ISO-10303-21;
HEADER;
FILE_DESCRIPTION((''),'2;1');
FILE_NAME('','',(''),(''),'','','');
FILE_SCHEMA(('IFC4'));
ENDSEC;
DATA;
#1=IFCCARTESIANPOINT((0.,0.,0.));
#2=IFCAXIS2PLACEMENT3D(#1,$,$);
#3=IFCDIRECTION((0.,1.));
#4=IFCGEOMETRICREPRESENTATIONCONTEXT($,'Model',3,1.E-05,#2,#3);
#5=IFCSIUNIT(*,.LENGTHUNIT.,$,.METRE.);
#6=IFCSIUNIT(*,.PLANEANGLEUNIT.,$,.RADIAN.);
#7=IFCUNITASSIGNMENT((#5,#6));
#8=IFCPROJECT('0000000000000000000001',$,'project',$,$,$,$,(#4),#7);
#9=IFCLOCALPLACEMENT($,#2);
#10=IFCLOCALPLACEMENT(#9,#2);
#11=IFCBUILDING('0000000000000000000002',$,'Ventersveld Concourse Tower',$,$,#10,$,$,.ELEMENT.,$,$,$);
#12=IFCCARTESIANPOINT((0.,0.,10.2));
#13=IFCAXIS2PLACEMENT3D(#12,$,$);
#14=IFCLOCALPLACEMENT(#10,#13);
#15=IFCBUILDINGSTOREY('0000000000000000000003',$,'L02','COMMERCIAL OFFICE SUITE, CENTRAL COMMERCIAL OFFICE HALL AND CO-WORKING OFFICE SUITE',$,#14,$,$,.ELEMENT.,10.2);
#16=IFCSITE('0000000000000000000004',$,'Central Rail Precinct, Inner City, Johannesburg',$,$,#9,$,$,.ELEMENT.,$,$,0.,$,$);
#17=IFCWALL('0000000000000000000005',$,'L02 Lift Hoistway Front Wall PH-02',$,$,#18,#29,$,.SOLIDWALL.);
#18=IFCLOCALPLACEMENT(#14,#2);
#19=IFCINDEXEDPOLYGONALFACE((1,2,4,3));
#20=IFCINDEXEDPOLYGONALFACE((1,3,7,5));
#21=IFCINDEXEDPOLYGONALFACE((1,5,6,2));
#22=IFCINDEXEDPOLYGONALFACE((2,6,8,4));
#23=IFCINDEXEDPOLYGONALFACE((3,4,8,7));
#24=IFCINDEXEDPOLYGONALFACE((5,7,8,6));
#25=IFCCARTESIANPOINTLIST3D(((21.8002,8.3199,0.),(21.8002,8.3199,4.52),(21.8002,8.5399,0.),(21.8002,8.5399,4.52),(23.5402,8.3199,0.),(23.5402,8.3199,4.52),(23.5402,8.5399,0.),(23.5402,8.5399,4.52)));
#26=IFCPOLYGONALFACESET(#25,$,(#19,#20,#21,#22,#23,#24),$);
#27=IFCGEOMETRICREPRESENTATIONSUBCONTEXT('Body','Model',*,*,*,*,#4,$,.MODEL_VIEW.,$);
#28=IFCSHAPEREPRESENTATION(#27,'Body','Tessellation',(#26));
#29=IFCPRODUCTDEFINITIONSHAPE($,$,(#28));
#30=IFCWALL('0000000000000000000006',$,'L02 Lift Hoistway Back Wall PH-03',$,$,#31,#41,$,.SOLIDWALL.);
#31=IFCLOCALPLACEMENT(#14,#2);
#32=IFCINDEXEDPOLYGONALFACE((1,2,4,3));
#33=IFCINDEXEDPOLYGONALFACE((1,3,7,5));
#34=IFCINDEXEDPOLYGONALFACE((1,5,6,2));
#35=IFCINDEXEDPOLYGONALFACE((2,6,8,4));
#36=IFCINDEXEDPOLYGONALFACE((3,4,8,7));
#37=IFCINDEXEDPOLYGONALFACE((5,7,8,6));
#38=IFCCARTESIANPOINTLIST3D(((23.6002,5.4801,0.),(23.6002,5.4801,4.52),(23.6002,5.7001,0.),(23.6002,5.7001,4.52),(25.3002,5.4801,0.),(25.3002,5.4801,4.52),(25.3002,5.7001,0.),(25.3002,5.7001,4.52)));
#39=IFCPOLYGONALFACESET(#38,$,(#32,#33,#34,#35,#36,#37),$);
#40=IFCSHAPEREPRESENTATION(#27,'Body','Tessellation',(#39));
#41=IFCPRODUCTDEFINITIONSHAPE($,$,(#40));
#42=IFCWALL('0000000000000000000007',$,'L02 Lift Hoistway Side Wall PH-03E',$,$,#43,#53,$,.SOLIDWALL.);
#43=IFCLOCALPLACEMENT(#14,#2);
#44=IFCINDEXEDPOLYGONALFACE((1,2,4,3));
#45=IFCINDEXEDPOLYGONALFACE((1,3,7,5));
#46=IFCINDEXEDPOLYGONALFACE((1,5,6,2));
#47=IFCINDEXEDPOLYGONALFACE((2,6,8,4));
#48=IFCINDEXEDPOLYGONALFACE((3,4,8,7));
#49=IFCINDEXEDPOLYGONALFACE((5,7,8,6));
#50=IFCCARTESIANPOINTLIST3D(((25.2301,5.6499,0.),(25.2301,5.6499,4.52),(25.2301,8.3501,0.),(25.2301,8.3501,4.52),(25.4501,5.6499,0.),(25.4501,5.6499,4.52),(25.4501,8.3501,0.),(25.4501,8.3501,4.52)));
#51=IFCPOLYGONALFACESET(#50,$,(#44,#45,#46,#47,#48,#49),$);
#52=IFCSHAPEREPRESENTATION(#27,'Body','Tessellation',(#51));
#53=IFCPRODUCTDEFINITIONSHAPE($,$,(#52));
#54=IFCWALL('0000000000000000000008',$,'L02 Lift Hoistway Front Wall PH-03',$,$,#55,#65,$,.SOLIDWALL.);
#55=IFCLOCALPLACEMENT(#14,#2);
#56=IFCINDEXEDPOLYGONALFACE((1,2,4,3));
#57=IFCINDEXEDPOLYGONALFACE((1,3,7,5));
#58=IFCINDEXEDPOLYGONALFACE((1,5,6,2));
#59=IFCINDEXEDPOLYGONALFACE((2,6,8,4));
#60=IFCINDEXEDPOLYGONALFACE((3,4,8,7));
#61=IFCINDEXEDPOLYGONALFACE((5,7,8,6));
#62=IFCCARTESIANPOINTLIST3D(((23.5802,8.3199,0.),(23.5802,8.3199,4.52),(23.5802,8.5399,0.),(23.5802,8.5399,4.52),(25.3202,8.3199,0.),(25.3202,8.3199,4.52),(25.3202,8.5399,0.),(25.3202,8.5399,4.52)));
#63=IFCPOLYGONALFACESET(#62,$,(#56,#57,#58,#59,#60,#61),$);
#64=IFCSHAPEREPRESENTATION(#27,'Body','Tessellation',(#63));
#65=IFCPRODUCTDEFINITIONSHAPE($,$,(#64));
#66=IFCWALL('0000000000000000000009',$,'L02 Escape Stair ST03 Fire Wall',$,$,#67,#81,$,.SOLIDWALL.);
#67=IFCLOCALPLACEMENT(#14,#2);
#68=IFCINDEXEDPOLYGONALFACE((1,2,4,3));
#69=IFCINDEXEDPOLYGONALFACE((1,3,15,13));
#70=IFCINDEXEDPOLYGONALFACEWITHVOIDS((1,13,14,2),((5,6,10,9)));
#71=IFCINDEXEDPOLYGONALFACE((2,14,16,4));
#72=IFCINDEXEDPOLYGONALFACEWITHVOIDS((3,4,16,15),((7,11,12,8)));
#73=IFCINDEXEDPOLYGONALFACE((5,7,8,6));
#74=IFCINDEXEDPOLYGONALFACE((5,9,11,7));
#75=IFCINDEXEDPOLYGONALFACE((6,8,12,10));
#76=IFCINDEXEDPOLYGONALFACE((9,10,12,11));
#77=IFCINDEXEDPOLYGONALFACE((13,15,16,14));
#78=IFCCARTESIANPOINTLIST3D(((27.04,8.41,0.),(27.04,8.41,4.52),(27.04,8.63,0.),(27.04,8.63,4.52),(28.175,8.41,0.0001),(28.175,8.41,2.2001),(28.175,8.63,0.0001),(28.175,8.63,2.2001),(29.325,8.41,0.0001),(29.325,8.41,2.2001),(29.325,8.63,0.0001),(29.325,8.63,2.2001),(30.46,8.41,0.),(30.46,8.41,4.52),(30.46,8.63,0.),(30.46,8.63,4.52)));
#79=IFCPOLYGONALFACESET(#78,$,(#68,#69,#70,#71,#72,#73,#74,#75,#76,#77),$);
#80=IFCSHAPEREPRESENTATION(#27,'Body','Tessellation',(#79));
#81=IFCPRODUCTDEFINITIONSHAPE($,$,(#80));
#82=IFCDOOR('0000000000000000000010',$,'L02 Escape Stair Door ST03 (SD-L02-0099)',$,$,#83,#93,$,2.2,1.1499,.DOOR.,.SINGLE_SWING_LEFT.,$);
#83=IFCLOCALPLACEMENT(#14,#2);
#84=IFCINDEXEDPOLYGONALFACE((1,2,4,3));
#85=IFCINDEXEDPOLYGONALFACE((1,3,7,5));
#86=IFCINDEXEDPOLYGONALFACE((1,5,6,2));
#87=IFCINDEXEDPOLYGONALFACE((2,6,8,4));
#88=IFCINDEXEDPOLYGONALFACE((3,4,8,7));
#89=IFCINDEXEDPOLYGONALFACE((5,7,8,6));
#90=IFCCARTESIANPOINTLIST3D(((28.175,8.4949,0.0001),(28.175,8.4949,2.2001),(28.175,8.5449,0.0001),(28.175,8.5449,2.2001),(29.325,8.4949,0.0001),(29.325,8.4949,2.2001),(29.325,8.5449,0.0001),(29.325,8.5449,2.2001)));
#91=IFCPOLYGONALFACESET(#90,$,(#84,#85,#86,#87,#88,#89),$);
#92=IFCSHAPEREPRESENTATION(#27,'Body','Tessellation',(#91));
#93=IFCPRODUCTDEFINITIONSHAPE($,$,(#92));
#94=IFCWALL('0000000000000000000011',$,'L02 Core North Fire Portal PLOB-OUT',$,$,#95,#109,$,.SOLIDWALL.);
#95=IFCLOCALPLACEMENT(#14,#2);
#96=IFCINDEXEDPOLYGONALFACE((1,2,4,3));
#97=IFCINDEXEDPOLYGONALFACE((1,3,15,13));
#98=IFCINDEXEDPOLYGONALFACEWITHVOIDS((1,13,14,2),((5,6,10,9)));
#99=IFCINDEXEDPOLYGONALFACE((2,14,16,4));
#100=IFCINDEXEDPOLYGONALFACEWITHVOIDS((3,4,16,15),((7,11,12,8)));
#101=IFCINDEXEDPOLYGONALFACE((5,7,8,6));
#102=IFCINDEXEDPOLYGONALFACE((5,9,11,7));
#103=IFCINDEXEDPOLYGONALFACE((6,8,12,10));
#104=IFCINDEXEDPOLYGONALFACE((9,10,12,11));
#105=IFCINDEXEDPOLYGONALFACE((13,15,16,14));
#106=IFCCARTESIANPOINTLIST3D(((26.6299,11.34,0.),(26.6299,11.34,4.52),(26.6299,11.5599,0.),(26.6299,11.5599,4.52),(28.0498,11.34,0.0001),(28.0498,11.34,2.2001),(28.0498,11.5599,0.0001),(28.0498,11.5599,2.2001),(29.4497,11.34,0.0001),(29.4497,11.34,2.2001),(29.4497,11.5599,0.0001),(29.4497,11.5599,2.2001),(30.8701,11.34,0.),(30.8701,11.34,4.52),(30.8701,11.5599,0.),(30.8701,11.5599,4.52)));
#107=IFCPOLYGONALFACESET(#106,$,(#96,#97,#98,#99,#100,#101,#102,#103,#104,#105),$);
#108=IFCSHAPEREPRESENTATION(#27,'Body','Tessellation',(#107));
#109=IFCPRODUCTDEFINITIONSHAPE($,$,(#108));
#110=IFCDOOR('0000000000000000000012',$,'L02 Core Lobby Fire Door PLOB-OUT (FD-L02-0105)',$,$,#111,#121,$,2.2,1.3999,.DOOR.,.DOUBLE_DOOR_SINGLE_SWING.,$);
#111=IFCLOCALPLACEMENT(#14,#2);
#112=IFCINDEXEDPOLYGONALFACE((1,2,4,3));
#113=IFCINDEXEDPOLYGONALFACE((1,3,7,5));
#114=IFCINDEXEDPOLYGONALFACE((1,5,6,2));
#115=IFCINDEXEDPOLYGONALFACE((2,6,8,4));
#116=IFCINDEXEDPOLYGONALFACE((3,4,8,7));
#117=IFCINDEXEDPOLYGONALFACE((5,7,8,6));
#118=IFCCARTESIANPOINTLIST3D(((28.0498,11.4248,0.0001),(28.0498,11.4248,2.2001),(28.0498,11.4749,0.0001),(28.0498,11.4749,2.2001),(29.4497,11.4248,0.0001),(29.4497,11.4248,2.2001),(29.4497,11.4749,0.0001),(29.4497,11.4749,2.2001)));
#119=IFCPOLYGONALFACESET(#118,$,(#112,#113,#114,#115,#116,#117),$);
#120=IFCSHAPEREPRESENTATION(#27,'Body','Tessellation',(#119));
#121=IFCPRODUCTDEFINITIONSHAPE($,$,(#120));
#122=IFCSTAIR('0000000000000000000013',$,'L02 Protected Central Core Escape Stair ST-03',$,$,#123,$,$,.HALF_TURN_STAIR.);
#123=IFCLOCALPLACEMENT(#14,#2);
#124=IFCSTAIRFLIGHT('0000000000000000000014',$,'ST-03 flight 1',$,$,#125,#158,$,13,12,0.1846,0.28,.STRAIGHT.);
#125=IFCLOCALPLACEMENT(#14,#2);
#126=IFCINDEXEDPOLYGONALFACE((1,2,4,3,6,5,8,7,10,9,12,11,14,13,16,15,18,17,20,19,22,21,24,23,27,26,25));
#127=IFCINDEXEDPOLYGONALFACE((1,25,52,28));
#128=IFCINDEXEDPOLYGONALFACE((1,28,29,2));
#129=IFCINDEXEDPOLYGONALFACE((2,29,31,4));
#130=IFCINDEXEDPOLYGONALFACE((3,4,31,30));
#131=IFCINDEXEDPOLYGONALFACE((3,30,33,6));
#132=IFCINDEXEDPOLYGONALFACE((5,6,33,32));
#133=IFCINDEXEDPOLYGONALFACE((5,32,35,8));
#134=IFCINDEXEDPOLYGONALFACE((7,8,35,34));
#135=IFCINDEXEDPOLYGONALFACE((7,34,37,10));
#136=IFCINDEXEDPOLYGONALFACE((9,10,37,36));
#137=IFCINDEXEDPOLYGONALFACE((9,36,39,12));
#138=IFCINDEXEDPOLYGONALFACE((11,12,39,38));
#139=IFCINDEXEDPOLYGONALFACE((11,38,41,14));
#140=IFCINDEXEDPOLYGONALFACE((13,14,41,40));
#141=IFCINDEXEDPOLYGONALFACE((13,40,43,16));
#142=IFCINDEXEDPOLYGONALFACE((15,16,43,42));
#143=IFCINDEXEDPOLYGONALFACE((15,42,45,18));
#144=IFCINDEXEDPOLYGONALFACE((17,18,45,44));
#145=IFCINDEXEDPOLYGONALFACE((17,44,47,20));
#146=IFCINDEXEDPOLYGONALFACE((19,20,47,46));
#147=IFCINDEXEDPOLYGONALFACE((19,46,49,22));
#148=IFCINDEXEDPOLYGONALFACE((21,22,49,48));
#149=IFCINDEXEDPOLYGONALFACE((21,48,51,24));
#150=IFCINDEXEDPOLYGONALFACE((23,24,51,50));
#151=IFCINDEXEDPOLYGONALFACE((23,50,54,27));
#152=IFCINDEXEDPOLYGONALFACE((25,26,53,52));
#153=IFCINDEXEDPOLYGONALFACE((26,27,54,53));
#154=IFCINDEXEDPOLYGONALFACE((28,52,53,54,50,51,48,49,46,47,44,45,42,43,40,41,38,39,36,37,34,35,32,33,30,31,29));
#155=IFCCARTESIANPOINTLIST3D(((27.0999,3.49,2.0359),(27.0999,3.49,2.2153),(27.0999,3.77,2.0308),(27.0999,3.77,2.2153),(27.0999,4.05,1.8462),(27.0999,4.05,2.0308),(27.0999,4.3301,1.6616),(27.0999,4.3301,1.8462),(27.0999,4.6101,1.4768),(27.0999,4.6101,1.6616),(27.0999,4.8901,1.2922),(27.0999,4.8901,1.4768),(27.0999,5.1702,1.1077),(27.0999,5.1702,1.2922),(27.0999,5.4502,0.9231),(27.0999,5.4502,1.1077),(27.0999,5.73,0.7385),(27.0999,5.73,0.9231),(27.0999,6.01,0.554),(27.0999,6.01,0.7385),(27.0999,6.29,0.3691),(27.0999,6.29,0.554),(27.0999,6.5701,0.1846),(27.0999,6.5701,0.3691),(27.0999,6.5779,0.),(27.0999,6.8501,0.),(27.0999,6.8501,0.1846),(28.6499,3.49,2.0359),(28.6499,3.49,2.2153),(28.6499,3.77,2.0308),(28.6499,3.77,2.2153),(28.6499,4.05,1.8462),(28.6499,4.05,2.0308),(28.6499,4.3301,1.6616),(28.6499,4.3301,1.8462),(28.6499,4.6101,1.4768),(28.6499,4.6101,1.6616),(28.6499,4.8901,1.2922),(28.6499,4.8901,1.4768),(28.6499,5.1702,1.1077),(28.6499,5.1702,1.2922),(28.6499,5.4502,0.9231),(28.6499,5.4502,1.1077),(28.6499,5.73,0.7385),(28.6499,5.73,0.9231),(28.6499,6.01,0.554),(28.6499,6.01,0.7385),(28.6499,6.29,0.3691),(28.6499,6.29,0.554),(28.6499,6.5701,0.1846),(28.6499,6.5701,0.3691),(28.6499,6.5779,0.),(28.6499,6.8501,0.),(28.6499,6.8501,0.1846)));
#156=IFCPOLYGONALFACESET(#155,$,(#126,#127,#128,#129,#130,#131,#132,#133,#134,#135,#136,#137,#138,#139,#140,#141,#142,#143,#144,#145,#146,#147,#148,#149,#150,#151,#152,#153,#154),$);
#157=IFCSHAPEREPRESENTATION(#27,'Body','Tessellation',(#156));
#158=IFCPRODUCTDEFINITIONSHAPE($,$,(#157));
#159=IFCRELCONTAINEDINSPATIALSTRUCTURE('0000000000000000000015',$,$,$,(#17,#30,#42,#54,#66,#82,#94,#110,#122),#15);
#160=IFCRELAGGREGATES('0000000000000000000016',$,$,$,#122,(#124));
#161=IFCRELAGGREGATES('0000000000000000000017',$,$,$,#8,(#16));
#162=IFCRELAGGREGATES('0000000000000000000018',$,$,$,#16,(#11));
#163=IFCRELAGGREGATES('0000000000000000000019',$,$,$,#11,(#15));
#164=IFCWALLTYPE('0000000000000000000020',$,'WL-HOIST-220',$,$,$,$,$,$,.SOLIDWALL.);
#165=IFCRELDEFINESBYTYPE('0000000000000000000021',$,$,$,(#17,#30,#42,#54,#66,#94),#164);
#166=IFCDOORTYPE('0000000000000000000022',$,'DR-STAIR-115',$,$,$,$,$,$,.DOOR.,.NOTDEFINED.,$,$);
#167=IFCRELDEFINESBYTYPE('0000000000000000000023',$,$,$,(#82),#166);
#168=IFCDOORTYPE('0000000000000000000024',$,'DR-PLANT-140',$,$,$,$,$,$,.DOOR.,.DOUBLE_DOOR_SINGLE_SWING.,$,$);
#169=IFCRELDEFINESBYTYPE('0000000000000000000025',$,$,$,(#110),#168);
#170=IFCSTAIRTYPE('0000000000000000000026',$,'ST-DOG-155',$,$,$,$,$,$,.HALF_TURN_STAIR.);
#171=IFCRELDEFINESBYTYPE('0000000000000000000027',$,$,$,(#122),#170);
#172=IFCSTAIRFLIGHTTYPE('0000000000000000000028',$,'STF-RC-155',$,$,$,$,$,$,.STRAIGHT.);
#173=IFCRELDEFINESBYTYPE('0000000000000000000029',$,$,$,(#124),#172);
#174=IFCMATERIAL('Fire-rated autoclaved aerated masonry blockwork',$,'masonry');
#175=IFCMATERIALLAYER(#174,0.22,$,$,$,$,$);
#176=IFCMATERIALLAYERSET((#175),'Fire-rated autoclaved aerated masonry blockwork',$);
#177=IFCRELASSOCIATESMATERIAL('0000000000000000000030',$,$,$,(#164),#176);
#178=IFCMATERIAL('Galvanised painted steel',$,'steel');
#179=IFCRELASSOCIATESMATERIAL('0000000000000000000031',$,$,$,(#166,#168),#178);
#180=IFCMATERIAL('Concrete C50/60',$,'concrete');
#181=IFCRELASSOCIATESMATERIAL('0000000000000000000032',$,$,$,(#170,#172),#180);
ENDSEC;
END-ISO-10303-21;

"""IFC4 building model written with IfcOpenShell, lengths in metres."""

from ifc_helpers import new_model, si_unit, direction, frame, frame_2d, origin, place, context, subcontext, project, spatial, polyline, rectangle, outline, extrude, material, layer, layer_set, type_object, element, fill, aggregate, save


model = new_model("IFC4")

# Units and contexts
model_context = context("Model", 3, precision=1e-05, world=origin(), true_north=direction((0.0, 1.0)))
body_context = subcontext(model_context, "Body", "Model", "MODEL_VIEW")
ifc_project = project(units=[si_unit("LENGTHUNIT", "METRE"), si_unit("PLANEANGLEUNIT", "RADIAN")], contexts=[model_context])

# Site, building, storey
site_placement = place(None, origin())
site = spatial("IfcSite", under=ifc_project, at=site_placement, Name="Central Rail Precinct, Inner City, Johannesburg", CompositionType="ELEMENT", RefElevation=0.0)
building_placement = place(site_placement, origin())
building = spatial("IfcBuilding", under=site, at=building_placement, Name="Ventersveld Concourse Tower", CompositionType="ELEMENT")
storey_placement = place(building_placement, frame((0.0, 0.0, 10.2)))
storey = spatial("IfcBuildingStorey", under=building, at=storey_placement, Name="L02", Description="COMMERCIAL OFFICE SUITE, CENTRAL COMMERCIAL OFFICE HALL AND CO-WORKING OFFICE SUITE", CompositionType="ELEMENT", Elevation=10.2)

# Shared definitions
ifc_material_1 = material(Name="Concrete C50/60", Category="concrete")

# Walls
ifc_material_2 = material(Name="Fire-rated autoclaved aerated masonry blockwork", Category="masonry")
ifc_layer_1 = layer(ifc_material_2, 0.22)
ifc_layer_set_1 = layer_set([ifc_layer_1], Name="Fire-rated autoclaved aerated masonry blockwork")
wall_type_1 = type_object("IfcWallType", Name="WL-HOIST-220", PredefinedType="SOLIDWALL", material=ifc_layer_set_1)
wall_1_placement = place(storey_placement, frame((21.8, 8.4299, 0.0), z_axis=(0.0, 0.0, 1.0), x_axis=(1.0, 0.0, 0.0)))
element("IfcWall", 1, at=wall_1_placement, inside=storey, type_object=wall_type_1, Name="L02 Lift Hoistway Front Wall PH-02", PredefinedType="SOLIDWALL", context=body_context, shape_type="SweptSolid", body=[
    extrude(rectangle(XDim=1.74, YDim=0.22, at=frame_2d((0.8701, 0.0))), origin(), (0.0, 0.0, 1.0), 4.52),
])
wall_2_placement = place(storey_placement, frame((23.6001, 5.5901, 0.0), z_axis=(0.0, 0.0, 1.0), x_axis=(1.0, 0.0, 0.0)))
element("IfcWall", 2, at=wall_2_placement, inside=storey, type_object=wall_type_1, Name="L02 Lift Hoistway Back Wall PH-03", PredefinedType="SOLIDWALL", context=body_context, shape_type="SweptSolid", body=[
    extrude(rectangle(XDim=1.7, YDim=0.22, at=frame_2d((0.8501, 0.0))), origin(), (0.0, 0.0, 1.0), 4.52),
])
wall_3_placement = place(storey_placement, frame((25.3401, 5.6499, 0.0), z_axis=(0.0, 0.0, 1.0), x_axis=(0.0, 1.0, 0.0)))
element("IfcWall", 3, at=wall_3_placement, inside=storey, type_object=wall_type_1, Name="L02 Lift Hoistway Side Wall PH-03E", PredefinedType="SOLIDWALL", context=body_context, shape_type="SweptSolid", body=[
    extrude(rectangle(XDim=2.7002, YDim=0.22, at=frame_2d((1.3501, 0.0))), origin(), (0.0, 0.0, 1.0), 4.52),
])
wall_4_placement = place(storey_placement, frame((23.5801, 8.4299, 0.0), z_axis=(0.0, 0.0, 1.0), x_axis=(1.0, 0.0, 0.0)))
element("IfcWall", 4, at=wall_4_placement, inside=storey, type_object=wall_type_1, Name="L02 Lift Hoistway Front Wall PH-03", PredefinedType="SOLIDWALL", context=body_context, shape_type="SweptSolid", body=[
    extrude(rectangle(XDim=1.74, YDim=0.22, at=frame_2d((0.8701, 0.0))), origin(), (0.0, 0.0, 1.0), 4.52),
])

# Walls, openings, doors
wall_5_placement = place(storey_placement, frame((27.04, 8.52, 0.0), z_axis=(0.0, 0.0, 1.0), x_axis=(1.0, 0.0, 0.0)))
wall_5 = element("IfcWall", 5, at=wall_5_placement, inside=storey, type_object=wall_type_1, Name="L02 Escape Stair ST03 Fire Wall", PredefinedType="SOLIDWALL", context=body_context, shape_type="SweptSolid", body=[
    extrude(rectangle(XDim=3.4199, YDim=0.22, at=frame_2d((1.71, 0.0))), origin(), (0.0, 0.0, 1.0), 4.52),
])
opening_1_placement = place(wall_5_placement, frame((1.135, 0.0, 0.0)))
opening_1 = element("IfcOpeningElement", 6, at=opening_1_placement, cuts=wall_5, PredefinedType="OPENING", context=body_context, shape_type="SweptSolid", body=[
    extrude(rectangle(XDim=1.1499, YDim=2.2, at=frame_2d((0.575, 1.1001))), frame((0.0, 0.1201, 0.0), z_axis=(0.0, -1.0, 0.0), x_axis=(1.0, 0.0, 0.0)), (0.0, 0.0, 1.0), 0.24),
])
ifc_material_3 = material(Name="Galvanised painted steel", Category="steel")
door_type_1 = type_object("IfcDoorType", Name="DR-STAIR-115", OperationType="NOTDEFINED", PredefinedType="DOOR", material=ifc_material_3)
door_1_placement = place(opening_1_placement, origin())
door_1 = element("IfcDoor", 7, at=door_1_placement, inside=storey, type_object=door_type_1, Name="L02 Escape Stair Door ST03 (SD-L02-0099)", OperationType="SINGLE_SWING_LEFT", OverallHeight=2.2, OverallWidth=1.1499, PredefinedType="DOOR", context=body_context, shape_type="SweptSolid", body=[
    extrude(rectangle(XDim=1.1499, YDim=2.2, at=frame_2d((0.575, 1.1001))), frame((0.0, 0.0249, 0.0), z_axis=(0.0, -1.0, 0.0), x_axis=(1.0, 0.0, 0.0)), (0.0, 0.0, 1.0), 0.05),
])
fill(opening_1, door_1)
wall_6_placement = place(storey_placement, frame((26.6299, 11.45, 0.0), z_axis=(0.0, 0.0, 1.0), x_axis=(1.0, 0.0, 0.0)))
wall_6 = element("IfcWall", 8, at=wall_6_placement, inside=storey, type_object=wall_type_1, Name="L02 Core North Fire Portal PLOB-OUT", PredefinedType="SOLIDWALL", context=body_context, shape_type="SweptSolid", body=[
    extrude(rectangle(XDim=4.2402, YDim=0.22, at=frame_2d((2.1201, 0.0))), origin(), (0.0, 0.0, 1.0), 4.52),
])
opening_2_placement = place(wall_6_placement, frame((1.4199, 0.0, 0.0)))
opening_2 = element("IfcOpeningElement", 9, at=opening_2_placement, cuts=wall_6, PredefinedType="OPENING", context=body_context, shape_type="SweptSolid", body=[
    extrude(rectangle(XDim=1.3999, YDim=2.2, at=frame_2d((0.7, 1.1001))), frame((0.0, 0.1201, 0.0), z_axis=(0.0, -1.0, 0.0), x_axis=(1.0, 0.0, 0.0)), (0.0, 0.0, 1.0), 0.24),
])
door_type_2 = type_object("IfcDoorType", Name="DR-PLANT-140", OperationType="DOUBLE_DOOR_SINGLE_SWING", PredefinedType="DOOR", material=ifc_material_3)
door_2_placement = place(opening_2_placement, origin())
door_2 = element("IfcDoor", 10, at=door_2_placement, inside=storey, type_object=door_type_2, Name="L02 Core Lobby Fire Door PLOB-OUT (FD-L02-0105)", OperationType="DOUBLE_DOOR_SINGLE_SWING", OverallHeight=2.2, OverallWidth=1.3999, PredefinedType="DOOR", context=body_context, shape_type="SweptSolid", body=[
    extrude(rectangle(XDim=1.3999, YDim=2.2, at=frame_2d((0.7, 1.1001))), frame((0.0, 0.0249, 0.0), z_axis=(0.0, -1.0, 0.0), x_axis=(1.0, 0.0, 0.0)), (0.0, 0.0, 1.0), 0.05),
])
fill(opening_2, door_2)

# Stair, stair flight
stair_type = type_object("IfcStairType", Name="ST-DOG-155", PredefinedType="HALF_TURN_STAIR", material=ifc_material_1)
stair_placement = place(storey_placement, origin())
stair = element("IfcStair", 11, at=stair_placement, inside=storey, type_object=stair_type, Name="L02 Protected Central Core Escape Stair ST-03", PredefinedType="HALF_TURN_STAIR")
stair_flight_type = type_object("IfcStairFlightType", Name="STF-RC-155", PredefinedType="STRAIGHT", material=ifc_material_1)
stair_flight_placement = place(storey_placement, frame((27.875, 6.8501, 0.0), z_axis=(0.0, 0.0, 1.0), x_axis=(0.0, -1.0, 0.0)))
stair_flight = element("IfcStairFlight", 12, at=stair_flight_placement, type_object=stair_flight_type, Name="ST-03 flight 1", NumberOfRisers=13, NumberOfTreads=12, PredefinedType="STRAIGHT", RiserHeight=0.1846, TreadLength=0.28, context=body_context, shape_type="SweptSolid", body=[
    extrude(outline(polyline([(0.0, 0.0), (0.0, 0.1846), (0.28, 0.1846), (0.28, 0.3691), (0.5601, 0.3691), (0.5601, 0.554), (0.8401, 0.554), (0.8401, 0.7385), (1.1201, 0.7385), (1.1201, 0.9231), (1.3999, 0.9231), (1.3999, 1.1077), (1.6799, 1.1077), (1.6799, 1.2922), (1.96, 1.2922), (1.96, 1.4768), (2.24, 1.4768), (2.24, 1.6616), (2.52, 1.6616), (2.52, 1.8462), (2.8, 1.8462), (2.8, 2.0308), (3.0801, 2.0308), (3.0801, 2.2153), (3.3601, 2.2153), (3.3601, 2.3999), (3.3601, 2.0359), (0.2722, 0.0), (0.0, 0.0)])), frame((0.0, 0.7749, 0.0), z_axis=(0.0, -1.0, 0.0), x_axis=(1.0, 0.0, 0.0)), (0.0, 0.0, 1.0), 1.55),
])
aggregate(stair, [stair_flight])

save(model, "model.ifc")
